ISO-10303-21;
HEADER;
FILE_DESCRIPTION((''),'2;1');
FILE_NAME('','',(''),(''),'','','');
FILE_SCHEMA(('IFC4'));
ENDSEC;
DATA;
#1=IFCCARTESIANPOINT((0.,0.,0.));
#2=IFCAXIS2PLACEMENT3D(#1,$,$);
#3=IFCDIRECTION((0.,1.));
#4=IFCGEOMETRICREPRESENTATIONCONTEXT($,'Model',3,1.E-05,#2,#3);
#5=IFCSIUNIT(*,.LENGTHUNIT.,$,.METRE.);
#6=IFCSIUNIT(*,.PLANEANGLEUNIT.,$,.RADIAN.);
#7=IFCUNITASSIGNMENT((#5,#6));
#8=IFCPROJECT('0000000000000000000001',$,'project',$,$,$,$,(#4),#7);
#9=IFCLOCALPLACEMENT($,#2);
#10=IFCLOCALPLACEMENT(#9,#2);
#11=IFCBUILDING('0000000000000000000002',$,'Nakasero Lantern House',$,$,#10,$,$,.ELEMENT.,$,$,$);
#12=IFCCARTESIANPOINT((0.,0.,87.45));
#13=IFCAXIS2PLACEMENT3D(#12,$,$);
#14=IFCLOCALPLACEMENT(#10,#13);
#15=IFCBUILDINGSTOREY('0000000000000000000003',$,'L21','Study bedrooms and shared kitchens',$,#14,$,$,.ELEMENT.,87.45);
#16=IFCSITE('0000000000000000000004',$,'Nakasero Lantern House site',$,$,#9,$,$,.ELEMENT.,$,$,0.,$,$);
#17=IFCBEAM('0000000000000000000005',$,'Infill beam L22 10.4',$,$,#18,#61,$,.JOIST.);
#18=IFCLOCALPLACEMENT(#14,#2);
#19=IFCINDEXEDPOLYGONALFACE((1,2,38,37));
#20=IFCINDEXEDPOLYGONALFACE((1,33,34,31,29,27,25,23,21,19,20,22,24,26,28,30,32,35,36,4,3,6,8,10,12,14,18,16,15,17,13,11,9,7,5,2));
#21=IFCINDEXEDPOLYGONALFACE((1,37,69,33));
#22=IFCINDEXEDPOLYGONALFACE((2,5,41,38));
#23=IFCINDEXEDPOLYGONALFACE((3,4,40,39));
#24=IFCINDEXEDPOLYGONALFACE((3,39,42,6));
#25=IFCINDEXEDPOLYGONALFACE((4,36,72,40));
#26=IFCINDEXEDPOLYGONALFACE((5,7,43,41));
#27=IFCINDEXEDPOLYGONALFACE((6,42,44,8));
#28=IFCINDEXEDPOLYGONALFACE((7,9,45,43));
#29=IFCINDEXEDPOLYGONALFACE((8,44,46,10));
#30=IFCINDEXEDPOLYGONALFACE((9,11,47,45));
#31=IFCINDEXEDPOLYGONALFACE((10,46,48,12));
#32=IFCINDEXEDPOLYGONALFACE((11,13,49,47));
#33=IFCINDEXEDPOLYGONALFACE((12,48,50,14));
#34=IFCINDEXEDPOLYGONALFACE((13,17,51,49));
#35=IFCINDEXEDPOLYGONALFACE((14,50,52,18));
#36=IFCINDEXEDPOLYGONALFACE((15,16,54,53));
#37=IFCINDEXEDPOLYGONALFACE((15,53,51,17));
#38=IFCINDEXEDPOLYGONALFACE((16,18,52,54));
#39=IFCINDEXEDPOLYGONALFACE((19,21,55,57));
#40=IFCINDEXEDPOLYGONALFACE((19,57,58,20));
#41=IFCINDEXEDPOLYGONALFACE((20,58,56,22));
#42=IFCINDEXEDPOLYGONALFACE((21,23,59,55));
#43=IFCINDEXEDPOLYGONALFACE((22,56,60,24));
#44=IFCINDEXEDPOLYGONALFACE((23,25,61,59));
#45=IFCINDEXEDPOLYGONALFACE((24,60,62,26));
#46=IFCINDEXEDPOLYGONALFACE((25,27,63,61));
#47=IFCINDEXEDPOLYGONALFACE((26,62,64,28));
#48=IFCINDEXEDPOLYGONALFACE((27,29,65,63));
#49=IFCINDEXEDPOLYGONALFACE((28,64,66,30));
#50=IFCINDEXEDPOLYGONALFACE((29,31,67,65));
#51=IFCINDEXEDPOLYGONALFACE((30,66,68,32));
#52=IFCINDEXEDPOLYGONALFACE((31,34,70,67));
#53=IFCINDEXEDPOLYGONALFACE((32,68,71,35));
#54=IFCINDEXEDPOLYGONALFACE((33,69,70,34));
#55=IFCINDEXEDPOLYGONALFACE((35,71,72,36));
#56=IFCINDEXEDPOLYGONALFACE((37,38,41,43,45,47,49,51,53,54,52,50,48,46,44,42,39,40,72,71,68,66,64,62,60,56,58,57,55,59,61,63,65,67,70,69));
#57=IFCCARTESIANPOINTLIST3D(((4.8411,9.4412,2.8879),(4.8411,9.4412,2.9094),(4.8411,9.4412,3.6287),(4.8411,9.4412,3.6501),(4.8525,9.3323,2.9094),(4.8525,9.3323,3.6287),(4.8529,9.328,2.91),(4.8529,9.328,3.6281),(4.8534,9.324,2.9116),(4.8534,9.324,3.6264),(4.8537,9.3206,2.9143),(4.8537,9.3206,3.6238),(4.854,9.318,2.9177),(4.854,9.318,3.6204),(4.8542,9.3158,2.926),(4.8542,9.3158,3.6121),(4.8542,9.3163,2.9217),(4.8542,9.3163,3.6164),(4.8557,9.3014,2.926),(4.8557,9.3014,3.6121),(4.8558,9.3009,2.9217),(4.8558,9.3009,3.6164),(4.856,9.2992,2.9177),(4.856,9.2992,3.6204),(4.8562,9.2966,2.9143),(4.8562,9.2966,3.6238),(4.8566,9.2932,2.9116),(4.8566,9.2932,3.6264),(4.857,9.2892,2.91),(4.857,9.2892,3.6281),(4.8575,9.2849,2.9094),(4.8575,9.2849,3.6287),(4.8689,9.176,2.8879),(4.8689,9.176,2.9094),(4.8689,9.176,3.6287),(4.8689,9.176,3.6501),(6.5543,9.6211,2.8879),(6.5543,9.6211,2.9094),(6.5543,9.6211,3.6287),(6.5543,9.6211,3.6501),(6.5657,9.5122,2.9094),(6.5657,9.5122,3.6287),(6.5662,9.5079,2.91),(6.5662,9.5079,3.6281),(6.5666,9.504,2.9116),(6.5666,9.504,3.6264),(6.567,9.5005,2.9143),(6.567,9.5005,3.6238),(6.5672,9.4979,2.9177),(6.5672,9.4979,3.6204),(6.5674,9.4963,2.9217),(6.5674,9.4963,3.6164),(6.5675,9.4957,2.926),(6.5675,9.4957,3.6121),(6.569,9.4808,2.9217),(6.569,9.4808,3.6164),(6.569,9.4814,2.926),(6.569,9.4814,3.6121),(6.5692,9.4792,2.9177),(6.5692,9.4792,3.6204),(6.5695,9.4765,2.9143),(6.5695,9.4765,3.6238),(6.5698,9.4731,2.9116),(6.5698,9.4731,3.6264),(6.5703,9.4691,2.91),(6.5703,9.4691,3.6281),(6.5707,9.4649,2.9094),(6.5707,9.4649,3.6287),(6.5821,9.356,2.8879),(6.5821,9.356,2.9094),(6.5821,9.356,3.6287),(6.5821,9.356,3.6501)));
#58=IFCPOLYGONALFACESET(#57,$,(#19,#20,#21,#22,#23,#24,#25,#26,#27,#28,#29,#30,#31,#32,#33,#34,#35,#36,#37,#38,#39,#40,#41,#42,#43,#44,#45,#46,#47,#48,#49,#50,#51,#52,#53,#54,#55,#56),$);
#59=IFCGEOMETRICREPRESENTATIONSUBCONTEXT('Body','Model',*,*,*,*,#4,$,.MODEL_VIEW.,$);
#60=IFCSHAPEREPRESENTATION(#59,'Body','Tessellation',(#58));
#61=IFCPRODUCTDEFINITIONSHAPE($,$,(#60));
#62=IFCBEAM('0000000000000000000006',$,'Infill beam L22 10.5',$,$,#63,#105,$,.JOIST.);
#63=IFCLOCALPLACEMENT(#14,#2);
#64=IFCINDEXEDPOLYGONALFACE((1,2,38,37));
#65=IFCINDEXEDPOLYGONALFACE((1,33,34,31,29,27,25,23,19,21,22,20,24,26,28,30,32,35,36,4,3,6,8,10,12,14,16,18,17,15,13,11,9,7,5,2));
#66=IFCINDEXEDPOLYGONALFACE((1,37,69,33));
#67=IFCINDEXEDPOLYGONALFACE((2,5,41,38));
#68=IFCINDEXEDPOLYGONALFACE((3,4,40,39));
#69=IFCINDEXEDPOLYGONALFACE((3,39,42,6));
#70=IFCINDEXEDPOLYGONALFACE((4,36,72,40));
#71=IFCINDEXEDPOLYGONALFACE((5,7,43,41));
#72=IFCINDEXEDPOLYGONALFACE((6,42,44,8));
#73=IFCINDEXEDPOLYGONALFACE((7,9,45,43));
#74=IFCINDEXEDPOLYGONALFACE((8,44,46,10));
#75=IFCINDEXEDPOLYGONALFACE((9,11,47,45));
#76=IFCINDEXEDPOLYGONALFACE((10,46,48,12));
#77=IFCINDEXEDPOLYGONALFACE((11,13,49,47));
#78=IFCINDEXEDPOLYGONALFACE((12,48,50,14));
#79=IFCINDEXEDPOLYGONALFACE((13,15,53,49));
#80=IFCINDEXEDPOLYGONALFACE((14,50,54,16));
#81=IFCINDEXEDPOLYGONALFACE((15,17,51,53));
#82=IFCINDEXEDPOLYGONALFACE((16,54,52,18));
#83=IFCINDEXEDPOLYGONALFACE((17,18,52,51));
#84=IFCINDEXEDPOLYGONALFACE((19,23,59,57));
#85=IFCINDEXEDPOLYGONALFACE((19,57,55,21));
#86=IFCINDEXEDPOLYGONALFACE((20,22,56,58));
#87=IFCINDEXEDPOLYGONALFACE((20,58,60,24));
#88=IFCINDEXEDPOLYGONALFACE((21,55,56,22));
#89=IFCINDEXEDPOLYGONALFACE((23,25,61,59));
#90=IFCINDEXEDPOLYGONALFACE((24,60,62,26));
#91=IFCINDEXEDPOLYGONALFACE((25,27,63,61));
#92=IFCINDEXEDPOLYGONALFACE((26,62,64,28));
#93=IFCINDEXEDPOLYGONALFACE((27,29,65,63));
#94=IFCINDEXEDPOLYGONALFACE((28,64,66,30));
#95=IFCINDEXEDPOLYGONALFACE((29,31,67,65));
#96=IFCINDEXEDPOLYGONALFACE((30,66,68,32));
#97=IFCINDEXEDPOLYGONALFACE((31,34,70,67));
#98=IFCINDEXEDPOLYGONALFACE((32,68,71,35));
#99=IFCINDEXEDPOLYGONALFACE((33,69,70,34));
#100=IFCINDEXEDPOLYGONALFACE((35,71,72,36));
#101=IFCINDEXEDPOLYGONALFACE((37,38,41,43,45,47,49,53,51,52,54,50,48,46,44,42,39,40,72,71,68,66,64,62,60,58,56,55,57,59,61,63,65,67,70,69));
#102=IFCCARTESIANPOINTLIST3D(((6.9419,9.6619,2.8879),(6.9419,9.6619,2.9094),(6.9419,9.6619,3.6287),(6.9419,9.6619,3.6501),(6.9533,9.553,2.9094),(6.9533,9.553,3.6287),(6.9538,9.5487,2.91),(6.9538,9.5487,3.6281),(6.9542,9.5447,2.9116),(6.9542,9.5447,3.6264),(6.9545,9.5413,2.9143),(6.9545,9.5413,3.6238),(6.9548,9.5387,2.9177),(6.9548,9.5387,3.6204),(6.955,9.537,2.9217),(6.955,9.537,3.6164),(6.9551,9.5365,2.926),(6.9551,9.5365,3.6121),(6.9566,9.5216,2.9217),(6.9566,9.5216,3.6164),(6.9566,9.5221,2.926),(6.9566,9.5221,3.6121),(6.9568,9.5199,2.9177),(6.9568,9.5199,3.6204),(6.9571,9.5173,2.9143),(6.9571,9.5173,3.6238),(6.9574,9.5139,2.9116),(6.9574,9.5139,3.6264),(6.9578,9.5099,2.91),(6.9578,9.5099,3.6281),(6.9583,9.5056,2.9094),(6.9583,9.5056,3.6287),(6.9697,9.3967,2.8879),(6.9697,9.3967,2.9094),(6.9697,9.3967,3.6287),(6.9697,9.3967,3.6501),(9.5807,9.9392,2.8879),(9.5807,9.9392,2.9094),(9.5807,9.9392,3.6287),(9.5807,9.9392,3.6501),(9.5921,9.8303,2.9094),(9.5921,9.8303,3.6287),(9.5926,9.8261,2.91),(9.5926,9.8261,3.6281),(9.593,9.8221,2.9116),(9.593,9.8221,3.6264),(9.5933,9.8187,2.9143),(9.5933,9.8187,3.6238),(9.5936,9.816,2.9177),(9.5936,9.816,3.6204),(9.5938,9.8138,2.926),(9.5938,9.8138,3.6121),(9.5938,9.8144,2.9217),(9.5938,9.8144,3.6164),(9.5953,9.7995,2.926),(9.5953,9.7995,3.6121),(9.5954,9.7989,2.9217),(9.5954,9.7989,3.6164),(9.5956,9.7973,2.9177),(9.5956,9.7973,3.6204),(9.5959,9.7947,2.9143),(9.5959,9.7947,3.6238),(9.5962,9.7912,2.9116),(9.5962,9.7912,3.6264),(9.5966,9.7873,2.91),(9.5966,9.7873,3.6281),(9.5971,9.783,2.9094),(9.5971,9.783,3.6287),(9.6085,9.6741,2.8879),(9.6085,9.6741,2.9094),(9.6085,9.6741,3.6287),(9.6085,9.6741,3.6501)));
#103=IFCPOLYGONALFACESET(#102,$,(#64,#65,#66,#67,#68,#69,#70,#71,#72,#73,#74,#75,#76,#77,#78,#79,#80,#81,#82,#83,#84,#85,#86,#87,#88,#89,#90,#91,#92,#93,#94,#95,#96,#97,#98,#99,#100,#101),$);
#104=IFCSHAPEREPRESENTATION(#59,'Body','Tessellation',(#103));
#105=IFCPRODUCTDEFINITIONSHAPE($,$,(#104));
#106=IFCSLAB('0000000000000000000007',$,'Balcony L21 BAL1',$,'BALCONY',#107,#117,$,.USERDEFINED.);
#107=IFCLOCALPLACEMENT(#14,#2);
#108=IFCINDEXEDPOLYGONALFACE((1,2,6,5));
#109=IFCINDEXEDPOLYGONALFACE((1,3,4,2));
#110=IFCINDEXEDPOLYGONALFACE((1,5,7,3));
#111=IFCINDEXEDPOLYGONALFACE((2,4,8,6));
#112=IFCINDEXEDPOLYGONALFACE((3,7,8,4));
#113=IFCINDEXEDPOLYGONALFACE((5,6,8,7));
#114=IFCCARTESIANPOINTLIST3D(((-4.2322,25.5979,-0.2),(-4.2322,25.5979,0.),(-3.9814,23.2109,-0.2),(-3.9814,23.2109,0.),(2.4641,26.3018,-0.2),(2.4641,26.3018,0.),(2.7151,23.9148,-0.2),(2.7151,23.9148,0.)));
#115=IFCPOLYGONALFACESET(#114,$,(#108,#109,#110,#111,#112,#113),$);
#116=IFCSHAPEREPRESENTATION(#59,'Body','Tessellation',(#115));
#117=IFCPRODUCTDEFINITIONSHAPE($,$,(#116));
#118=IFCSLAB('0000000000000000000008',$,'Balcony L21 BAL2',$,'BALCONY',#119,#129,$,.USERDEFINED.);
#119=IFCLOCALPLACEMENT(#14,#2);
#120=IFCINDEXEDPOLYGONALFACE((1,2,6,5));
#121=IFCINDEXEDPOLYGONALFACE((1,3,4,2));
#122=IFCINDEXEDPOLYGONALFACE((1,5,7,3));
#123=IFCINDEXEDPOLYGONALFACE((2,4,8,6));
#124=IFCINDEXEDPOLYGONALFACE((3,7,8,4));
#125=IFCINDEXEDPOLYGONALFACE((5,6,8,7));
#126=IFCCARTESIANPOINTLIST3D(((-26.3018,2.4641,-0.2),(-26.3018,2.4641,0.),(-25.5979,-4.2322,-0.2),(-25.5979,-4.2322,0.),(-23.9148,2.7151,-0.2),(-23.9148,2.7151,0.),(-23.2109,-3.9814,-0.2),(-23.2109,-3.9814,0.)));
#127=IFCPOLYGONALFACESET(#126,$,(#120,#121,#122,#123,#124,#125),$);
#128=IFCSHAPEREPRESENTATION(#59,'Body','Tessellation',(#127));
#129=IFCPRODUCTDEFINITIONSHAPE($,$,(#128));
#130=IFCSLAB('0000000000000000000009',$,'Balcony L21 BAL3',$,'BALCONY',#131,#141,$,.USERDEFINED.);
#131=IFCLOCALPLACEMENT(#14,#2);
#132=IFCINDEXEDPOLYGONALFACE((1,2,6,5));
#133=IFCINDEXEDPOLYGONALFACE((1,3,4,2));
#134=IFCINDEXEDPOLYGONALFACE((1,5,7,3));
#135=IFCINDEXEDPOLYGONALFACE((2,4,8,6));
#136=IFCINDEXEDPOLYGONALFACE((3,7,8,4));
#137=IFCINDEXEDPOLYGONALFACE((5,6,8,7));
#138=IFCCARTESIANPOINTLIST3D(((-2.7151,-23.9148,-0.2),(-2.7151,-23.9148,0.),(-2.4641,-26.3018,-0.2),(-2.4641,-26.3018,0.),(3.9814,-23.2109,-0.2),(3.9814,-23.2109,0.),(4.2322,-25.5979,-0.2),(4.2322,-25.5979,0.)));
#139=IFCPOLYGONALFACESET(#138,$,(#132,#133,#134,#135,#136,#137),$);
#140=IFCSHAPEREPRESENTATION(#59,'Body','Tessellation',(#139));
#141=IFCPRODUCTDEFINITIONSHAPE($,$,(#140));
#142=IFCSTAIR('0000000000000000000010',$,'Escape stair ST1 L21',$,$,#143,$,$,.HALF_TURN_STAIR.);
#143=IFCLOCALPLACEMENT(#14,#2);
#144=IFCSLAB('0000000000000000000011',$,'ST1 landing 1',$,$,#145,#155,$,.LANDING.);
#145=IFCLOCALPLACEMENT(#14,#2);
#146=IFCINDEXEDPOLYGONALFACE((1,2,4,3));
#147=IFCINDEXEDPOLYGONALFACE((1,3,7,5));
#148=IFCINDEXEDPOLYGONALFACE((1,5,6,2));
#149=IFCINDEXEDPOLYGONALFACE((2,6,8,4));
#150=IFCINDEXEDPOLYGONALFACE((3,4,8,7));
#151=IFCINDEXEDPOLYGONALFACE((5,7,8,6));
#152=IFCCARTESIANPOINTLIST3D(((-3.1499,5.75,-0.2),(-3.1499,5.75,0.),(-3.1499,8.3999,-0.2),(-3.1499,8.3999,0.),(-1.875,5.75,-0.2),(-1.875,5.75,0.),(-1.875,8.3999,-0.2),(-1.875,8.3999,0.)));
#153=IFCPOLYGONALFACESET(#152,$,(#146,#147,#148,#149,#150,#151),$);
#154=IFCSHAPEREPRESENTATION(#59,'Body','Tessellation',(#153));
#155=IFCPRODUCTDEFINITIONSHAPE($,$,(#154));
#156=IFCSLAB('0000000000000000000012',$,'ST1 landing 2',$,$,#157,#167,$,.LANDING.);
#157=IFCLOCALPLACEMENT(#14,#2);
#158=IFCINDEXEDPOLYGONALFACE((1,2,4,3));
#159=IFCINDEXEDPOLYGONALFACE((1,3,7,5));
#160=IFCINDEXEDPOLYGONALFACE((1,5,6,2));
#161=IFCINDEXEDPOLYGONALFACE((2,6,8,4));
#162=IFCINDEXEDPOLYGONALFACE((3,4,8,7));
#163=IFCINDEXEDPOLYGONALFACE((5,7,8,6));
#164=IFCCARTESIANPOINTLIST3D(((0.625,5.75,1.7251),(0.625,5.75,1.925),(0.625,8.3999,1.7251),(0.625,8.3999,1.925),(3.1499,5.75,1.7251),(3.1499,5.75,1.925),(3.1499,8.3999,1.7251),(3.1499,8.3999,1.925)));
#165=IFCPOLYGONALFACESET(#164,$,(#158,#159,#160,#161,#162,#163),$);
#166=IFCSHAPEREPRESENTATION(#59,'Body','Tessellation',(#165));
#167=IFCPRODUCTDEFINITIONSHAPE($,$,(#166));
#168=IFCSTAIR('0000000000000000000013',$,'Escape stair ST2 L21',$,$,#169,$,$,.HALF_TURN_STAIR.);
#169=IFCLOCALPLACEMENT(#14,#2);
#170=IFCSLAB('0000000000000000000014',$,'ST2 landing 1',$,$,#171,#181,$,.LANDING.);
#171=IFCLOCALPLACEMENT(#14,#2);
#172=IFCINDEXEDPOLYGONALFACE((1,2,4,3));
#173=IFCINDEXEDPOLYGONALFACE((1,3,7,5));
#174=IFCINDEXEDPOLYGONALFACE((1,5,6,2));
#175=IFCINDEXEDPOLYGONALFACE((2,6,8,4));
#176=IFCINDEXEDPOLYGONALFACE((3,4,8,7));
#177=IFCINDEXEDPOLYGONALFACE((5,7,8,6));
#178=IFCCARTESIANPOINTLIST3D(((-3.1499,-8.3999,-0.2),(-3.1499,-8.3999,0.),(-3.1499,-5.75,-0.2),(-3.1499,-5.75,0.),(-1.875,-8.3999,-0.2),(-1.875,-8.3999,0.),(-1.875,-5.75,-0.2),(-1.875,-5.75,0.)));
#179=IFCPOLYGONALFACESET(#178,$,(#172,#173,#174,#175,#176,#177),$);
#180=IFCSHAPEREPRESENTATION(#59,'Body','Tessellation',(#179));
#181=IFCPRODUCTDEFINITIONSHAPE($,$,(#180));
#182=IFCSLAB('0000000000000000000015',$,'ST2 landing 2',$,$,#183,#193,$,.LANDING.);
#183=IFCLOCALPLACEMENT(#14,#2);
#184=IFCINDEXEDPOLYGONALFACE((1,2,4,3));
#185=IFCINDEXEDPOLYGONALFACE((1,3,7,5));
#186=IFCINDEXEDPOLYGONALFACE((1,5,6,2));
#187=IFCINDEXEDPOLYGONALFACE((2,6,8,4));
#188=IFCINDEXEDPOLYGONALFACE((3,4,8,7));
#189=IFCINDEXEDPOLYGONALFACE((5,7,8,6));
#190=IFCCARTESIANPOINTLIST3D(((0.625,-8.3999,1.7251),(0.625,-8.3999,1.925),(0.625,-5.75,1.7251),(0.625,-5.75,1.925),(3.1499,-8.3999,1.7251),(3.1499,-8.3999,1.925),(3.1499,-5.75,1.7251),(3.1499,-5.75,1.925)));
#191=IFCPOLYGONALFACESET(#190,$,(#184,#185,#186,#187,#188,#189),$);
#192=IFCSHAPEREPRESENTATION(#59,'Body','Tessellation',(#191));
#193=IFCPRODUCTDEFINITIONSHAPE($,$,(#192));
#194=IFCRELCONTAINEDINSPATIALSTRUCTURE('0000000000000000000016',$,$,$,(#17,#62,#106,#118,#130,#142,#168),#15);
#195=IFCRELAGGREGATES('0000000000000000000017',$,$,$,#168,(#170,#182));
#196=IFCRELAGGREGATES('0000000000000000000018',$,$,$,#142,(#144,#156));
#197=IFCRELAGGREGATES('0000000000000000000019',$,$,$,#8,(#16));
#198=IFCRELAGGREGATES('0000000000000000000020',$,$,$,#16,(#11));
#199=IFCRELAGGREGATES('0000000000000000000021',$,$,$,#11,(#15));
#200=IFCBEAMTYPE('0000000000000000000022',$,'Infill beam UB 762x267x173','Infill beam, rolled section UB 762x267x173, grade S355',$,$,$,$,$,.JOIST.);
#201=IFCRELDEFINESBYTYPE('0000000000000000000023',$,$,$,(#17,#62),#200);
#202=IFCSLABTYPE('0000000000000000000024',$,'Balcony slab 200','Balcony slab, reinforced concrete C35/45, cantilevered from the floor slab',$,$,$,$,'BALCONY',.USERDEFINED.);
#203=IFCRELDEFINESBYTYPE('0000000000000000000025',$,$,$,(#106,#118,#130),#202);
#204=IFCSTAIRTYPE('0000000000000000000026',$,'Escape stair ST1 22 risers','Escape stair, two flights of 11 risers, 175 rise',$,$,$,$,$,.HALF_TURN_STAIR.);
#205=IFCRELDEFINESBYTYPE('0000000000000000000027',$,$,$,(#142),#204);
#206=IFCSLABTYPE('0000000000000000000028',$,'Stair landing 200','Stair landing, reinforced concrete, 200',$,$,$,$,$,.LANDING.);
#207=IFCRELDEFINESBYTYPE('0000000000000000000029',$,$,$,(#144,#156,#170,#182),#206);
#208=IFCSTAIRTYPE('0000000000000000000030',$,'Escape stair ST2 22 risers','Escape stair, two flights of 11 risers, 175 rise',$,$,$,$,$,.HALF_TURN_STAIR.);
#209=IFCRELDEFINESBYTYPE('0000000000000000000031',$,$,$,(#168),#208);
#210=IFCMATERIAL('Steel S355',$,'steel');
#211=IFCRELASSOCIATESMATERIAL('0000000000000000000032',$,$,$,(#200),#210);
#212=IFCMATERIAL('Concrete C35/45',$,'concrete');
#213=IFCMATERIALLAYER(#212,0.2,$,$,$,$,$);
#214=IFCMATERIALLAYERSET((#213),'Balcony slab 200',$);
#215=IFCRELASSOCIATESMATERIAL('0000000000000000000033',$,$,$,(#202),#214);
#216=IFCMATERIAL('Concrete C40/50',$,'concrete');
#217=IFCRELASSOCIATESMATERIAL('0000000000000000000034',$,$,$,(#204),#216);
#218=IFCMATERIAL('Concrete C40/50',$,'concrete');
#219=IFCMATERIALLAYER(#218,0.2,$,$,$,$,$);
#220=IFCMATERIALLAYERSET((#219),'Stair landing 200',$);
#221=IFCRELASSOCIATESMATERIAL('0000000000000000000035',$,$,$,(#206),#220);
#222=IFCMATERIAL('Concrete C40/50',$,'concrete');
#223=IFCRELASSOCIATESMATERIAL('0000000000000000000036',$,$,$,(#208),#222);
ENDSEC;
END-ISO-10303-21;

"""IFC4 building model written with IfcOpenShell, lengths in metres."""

from ifc_helpers import new_model, si_unit, direction, frame, origin, origin_2d, place, context, subcontext, project, spatial, polyline, i_section, outline, extrude, material, layer, layer_set, material_profile, profile_set, type_object, element, aggregate, save


model = new_model("IFC4")

# Units and contexts
model_context = context("Model", 3, precision=1e-05, world=origin(), true_north=direction((0.0, 1.0)))
body_context = subcontext(model_context, "Body", "Model", "MODEL_VIEW")
ifc_project = project(units=[si_unit("LENGTHUNIT", "METRE"), si_unit("PLANEANGLEUNIT", "RADIAN")], contexts=[model_context])

# Site, building, storey
site_placement = place(None, origin())
site = spatial("IfcSite", under=ifc_project, at=site_placement, Name="Nakasero Lantern House site", CompositionType="ELEMENT", RefElevation=0.0)
building_placement = place(site_placement, origin())
building = spatial("IfcBuilding", under=site, at=building_placement, Name="Nakasero Lantern House", CompositionType="ELEMENT")
storey_placement = place(building_placement, frame((0.0, 0.0, 87.45)))
storey = spatial("IfcBuildingStorey", under=building, at=storey_placement, Name="L21", Description="Study bedrooms and shared kitchens", CompositionType="ELEMENT", Elevation=87.45)

# Beams
ifc_material_1 = material(Name="Steel S355", Category="steel")
ifc_material_profile = material_profile(ifc_material_1, i_section(OverallWidth=0.2666, OverallDepth=0.7622, WebThickness=0.0144, FlangeThickness=0.0215, FilletRadius=0.0166, at=origin_2d()), Name="UB 762x267x173")
ifc_profile_set = profile_set([ifc_material_profile], Name="Steel S355")
beam_type = type_object("IfcBeamType", Name="Infill beam UB 762x267x173", Description="Infill beam, rolled section UB 762x267x173, grade S355", PredefinedType="JOIST", material=ifc_profile_set)
beam_1_placement = place(storey_placement, frame((4.855, 9.3086, 3.269), z_axis=(0.99453, 0.104456, 0.0), x_axis=(-0.104456, 0.99453, 0.0)))
element("IfcBeam", 1, at=beam_1_placement, inside=storey, type_object=beam_type, Name="Infill beam L22 10.4", PredefinedType="JOIST", context=body_context, shape_type="SweptSolid", body=[
    extrude(i_section(OverallWidth=0.2666, OverallDepth=0.7622, WebThickness=0.0144, FlangeThickness=0.0215, FilletRadius=0.0166, at=origin_2d()), origin(), (0.0, 0.0, 1.0), 1.7227),
])
beam_2_placement = place(storey_placement, frame((6.9558, 9.5293, 3.269), z_axis=(0.994522, 0.104532, 0.0), x_axis=(-0.104532, 0.994522, 0.0)))
element("IfcBeam", 2, at=beam_2_placement, inside=storey, type_object=beam_type, Name="Infill beam L22 10.5", PredefinedType="JOIST", context=body_context, shape_type="SweptSolid", body=[
    extrude(i_section(OverallWidth=0.2666, OverallDepth=0.7622, WebThickness=0.0144, FlangeThickness=0.0215, FilletRadius=0.0166, at=origin_2d()), origin(), (0.0, 0.0, 1.0), 2.6533),
])

# Slabs
ifc_material_2 = material(Name="Concrete C35/45", Category="concrete")
ifc_layer_1 = layer(ifc_material_2, 0.2)
ifc_layer_set_1 = layer_set([ifc_layer_1], Name="Balcony slab 200")
slab_type_1 = type_object("IfcSlabType", Name="Balcony slab 200", Description="Balcony slab, reinforced concrete C35/45, cantilevered from the floor slab", ElementType="BALCONY", PredefinedType="USERDEFINED", material=ifc_layer_set_1)
slab_1_placement = place(storey_placement, frame((0.0, 0.0, -0.2)))
element("IfcSlab", 3, at=slab_1_placement, inside=storey, type_object=slab_type_1, Name="Balcony L21 BAL1", ObjectType="BALCONY", PredefinedType="USERDEFINED", context=body_context, shape_type="SweptSolid", body=[
    extrude(outline(polyline([(2.7151, 23.9148), (2.4641, 26.3018), (-4.2322, 25.5979), (-3.9814, 23.2109), (2.7151, 23.9148)])), origin(), (0.0, 0.0, 1.0), 0.2),
])
slab_2_placement = place(storey_placement, frame((0.0, 0.0, -0.2)))
element("IfcSlab", 4, at=slab_2_placement, inside=storey, type_object=slab_type_1, Name="Balcony L21 BAL2", ObjectType="BALCONY", PredefinedType="USERDEFINED", context=body_context, shape_type="SweptSolid", body=[
    extrude(outline(polyline([(-23.9148, 2.7151), (-26.3018, 2.4641), (-25.5979, -4.2322), (-23.2109, -3.9814), (-23.9148, 2.7151)])), origin(), (0.0, 0.0, 1.0), 0.2),
])
slab_3_placement = place(storey_placement, frame((0.0, 0.0, -0.2)))
element("IfcSlab", 5, at=slab_3_placement, inside=storey, type_object=slab_type_1, Name="Balcony L21 BAL3", ObjectType="BALCONY", PredefinedType="USERDEFINED", context=body_context, shape_type="SweptSolid", body=[
    extrude(outline(polyline([(-2.7151, -23.9148), (-2.4641, -26.3018), (4.2322, -25.5979), (3.9814, -23.2109), (-2.7151, -23.9148)])), origin(), (0.0, 0.0, 1.0), 0.2),
])

# Stairs, slabs
ifc_material_3 = material(Name="Concrete C40/50", Category="concrete")
stair_type_1 = type_object("IfcStairType", Name="Escape stair ST1 22 risers", Description="Escape stair, two flights of 11 risers, 175 rise", PredefinedType="HALF_TURN_STAIR", material=ifc_material_3)
stair_1_placement = place(storey_placement, origin())
stair_1 = element("IfcStair", 6, at=stair_1_placement, inside=storey, type_object=stair_type_1, Name="Escape stair ST1 L21", PredefinedType="HALF_TURN_STAIR")
ifc_material_4 = material(Name="Concrete C40/50", Category="concrete")
ifc_layer_2 = layer(ifc_material_4, 0.2)
ifc_layer_set_2 = layer_set([ifc_layer_2], Name="Stair landing 200")
slab_type_2 = type_object("IfcSlabType", Name="Stair landing 200", Description="Stair landing, reinforced concrete, 200", PredefinedType="LANDING", material=ifc_layer_set_2)
slab_4_placement = place(storey_placement, frame((0.0, 0.0, -0.2)))
slab_4 = element("IfcSlab", 7, at=slab_4_placement, type_object=slab_type_2, Name="ST1 landing 1", PredefinedType="LANDING", context=body_context, shape_type="SweptSolid", body=[
    extrude(outline(polyline([(-3.1499, 5.75), (-1.875, 5.75), (-1.875, 8.3999), (-3.1499, 8.3999), (-3.1499, 5.75)])), origin(), (0.0, 0.0, 1.0), 0.2),
])
slab_5_placement = place(storey_placement, frame((0.0, 0.0, 1.7251)))
slab_5 = element("IfcSlab", 8, at=slab_5_placement, type_object=slab_type_2, Name="ST1 landing 2", PredefinedType="LANDING", context=body_context, shape_type="SweptSolid", body=[
    extrude(outline(polyline([(0.625, 5.75), (3.1499, 5.75), (3.1499, 8.3999), (0.625, 8.3999), (0.625, 5.75)])), origin(), (0.0, 0.0, 1.0), 0.2),
])
ifc_material_5 = material(Name="Concrete C40/50", Category="concrete")
stair_type_2 = type_object("IfcStairType", Name="Escape stair ST2 22 risers", Description="Escape stair, two flights of 11 risers, 175 rise", PredefinedType="HALF_TURN_STAIR", material=ifc_material_5)
stair_2_placement = place(storey_placement, origin())
stair_2 = element("IfcStair", 9, at=stair_2_placement, inside=storey, type_object=stair_type_2, Name="Escape stair ST2 L21", PredefinedType="HALF_TURN_STAIR")
slab_6_placement = place(storey_placement, frame((0.0, 0.0, -0.2)))
slab_6 = element("IfcSlab", 10, at=slab_6_placement, type_object=slab_type_2, Name="ST2 landing 1", PredefinedType="LANDING", context=body_context, shape_type="SweptSolid", body=[
    extrude(outline(polyline([(-3.1499, -8.3999), (-1.875, -8.3999), (-1.875, -5.75), (-3.1499, -5.75), (-3.1499, -8.3999)])), origin(), (0.0, 0.0, 1.0), 0.2),
])
slab_7_placement = place(storey_placement, frame((0.0, 0.0, 1.7251)))
slab_7 = element("IfcSlab", 11, at=slab_7_placement, type_object=slab_type_2, Name="ST2 landing 2", PredefinedType="LANDING", context=body_context, shape_type="SweptSolid", body=[
    extrude(outline(polyline([(0.625, -8.3999), (3.1499, -8.3999), (3.1499, -5.75), (0.625, -5.75), (0.625, -8.3999)])), origin(), (0.0, 0.0, 1.0), 0.2),
])
aggregate(stair_2, [slab_6, slab_7])

aggregate(stair_1, [slab_4, slab_5])

save(model, "model.ifc")
